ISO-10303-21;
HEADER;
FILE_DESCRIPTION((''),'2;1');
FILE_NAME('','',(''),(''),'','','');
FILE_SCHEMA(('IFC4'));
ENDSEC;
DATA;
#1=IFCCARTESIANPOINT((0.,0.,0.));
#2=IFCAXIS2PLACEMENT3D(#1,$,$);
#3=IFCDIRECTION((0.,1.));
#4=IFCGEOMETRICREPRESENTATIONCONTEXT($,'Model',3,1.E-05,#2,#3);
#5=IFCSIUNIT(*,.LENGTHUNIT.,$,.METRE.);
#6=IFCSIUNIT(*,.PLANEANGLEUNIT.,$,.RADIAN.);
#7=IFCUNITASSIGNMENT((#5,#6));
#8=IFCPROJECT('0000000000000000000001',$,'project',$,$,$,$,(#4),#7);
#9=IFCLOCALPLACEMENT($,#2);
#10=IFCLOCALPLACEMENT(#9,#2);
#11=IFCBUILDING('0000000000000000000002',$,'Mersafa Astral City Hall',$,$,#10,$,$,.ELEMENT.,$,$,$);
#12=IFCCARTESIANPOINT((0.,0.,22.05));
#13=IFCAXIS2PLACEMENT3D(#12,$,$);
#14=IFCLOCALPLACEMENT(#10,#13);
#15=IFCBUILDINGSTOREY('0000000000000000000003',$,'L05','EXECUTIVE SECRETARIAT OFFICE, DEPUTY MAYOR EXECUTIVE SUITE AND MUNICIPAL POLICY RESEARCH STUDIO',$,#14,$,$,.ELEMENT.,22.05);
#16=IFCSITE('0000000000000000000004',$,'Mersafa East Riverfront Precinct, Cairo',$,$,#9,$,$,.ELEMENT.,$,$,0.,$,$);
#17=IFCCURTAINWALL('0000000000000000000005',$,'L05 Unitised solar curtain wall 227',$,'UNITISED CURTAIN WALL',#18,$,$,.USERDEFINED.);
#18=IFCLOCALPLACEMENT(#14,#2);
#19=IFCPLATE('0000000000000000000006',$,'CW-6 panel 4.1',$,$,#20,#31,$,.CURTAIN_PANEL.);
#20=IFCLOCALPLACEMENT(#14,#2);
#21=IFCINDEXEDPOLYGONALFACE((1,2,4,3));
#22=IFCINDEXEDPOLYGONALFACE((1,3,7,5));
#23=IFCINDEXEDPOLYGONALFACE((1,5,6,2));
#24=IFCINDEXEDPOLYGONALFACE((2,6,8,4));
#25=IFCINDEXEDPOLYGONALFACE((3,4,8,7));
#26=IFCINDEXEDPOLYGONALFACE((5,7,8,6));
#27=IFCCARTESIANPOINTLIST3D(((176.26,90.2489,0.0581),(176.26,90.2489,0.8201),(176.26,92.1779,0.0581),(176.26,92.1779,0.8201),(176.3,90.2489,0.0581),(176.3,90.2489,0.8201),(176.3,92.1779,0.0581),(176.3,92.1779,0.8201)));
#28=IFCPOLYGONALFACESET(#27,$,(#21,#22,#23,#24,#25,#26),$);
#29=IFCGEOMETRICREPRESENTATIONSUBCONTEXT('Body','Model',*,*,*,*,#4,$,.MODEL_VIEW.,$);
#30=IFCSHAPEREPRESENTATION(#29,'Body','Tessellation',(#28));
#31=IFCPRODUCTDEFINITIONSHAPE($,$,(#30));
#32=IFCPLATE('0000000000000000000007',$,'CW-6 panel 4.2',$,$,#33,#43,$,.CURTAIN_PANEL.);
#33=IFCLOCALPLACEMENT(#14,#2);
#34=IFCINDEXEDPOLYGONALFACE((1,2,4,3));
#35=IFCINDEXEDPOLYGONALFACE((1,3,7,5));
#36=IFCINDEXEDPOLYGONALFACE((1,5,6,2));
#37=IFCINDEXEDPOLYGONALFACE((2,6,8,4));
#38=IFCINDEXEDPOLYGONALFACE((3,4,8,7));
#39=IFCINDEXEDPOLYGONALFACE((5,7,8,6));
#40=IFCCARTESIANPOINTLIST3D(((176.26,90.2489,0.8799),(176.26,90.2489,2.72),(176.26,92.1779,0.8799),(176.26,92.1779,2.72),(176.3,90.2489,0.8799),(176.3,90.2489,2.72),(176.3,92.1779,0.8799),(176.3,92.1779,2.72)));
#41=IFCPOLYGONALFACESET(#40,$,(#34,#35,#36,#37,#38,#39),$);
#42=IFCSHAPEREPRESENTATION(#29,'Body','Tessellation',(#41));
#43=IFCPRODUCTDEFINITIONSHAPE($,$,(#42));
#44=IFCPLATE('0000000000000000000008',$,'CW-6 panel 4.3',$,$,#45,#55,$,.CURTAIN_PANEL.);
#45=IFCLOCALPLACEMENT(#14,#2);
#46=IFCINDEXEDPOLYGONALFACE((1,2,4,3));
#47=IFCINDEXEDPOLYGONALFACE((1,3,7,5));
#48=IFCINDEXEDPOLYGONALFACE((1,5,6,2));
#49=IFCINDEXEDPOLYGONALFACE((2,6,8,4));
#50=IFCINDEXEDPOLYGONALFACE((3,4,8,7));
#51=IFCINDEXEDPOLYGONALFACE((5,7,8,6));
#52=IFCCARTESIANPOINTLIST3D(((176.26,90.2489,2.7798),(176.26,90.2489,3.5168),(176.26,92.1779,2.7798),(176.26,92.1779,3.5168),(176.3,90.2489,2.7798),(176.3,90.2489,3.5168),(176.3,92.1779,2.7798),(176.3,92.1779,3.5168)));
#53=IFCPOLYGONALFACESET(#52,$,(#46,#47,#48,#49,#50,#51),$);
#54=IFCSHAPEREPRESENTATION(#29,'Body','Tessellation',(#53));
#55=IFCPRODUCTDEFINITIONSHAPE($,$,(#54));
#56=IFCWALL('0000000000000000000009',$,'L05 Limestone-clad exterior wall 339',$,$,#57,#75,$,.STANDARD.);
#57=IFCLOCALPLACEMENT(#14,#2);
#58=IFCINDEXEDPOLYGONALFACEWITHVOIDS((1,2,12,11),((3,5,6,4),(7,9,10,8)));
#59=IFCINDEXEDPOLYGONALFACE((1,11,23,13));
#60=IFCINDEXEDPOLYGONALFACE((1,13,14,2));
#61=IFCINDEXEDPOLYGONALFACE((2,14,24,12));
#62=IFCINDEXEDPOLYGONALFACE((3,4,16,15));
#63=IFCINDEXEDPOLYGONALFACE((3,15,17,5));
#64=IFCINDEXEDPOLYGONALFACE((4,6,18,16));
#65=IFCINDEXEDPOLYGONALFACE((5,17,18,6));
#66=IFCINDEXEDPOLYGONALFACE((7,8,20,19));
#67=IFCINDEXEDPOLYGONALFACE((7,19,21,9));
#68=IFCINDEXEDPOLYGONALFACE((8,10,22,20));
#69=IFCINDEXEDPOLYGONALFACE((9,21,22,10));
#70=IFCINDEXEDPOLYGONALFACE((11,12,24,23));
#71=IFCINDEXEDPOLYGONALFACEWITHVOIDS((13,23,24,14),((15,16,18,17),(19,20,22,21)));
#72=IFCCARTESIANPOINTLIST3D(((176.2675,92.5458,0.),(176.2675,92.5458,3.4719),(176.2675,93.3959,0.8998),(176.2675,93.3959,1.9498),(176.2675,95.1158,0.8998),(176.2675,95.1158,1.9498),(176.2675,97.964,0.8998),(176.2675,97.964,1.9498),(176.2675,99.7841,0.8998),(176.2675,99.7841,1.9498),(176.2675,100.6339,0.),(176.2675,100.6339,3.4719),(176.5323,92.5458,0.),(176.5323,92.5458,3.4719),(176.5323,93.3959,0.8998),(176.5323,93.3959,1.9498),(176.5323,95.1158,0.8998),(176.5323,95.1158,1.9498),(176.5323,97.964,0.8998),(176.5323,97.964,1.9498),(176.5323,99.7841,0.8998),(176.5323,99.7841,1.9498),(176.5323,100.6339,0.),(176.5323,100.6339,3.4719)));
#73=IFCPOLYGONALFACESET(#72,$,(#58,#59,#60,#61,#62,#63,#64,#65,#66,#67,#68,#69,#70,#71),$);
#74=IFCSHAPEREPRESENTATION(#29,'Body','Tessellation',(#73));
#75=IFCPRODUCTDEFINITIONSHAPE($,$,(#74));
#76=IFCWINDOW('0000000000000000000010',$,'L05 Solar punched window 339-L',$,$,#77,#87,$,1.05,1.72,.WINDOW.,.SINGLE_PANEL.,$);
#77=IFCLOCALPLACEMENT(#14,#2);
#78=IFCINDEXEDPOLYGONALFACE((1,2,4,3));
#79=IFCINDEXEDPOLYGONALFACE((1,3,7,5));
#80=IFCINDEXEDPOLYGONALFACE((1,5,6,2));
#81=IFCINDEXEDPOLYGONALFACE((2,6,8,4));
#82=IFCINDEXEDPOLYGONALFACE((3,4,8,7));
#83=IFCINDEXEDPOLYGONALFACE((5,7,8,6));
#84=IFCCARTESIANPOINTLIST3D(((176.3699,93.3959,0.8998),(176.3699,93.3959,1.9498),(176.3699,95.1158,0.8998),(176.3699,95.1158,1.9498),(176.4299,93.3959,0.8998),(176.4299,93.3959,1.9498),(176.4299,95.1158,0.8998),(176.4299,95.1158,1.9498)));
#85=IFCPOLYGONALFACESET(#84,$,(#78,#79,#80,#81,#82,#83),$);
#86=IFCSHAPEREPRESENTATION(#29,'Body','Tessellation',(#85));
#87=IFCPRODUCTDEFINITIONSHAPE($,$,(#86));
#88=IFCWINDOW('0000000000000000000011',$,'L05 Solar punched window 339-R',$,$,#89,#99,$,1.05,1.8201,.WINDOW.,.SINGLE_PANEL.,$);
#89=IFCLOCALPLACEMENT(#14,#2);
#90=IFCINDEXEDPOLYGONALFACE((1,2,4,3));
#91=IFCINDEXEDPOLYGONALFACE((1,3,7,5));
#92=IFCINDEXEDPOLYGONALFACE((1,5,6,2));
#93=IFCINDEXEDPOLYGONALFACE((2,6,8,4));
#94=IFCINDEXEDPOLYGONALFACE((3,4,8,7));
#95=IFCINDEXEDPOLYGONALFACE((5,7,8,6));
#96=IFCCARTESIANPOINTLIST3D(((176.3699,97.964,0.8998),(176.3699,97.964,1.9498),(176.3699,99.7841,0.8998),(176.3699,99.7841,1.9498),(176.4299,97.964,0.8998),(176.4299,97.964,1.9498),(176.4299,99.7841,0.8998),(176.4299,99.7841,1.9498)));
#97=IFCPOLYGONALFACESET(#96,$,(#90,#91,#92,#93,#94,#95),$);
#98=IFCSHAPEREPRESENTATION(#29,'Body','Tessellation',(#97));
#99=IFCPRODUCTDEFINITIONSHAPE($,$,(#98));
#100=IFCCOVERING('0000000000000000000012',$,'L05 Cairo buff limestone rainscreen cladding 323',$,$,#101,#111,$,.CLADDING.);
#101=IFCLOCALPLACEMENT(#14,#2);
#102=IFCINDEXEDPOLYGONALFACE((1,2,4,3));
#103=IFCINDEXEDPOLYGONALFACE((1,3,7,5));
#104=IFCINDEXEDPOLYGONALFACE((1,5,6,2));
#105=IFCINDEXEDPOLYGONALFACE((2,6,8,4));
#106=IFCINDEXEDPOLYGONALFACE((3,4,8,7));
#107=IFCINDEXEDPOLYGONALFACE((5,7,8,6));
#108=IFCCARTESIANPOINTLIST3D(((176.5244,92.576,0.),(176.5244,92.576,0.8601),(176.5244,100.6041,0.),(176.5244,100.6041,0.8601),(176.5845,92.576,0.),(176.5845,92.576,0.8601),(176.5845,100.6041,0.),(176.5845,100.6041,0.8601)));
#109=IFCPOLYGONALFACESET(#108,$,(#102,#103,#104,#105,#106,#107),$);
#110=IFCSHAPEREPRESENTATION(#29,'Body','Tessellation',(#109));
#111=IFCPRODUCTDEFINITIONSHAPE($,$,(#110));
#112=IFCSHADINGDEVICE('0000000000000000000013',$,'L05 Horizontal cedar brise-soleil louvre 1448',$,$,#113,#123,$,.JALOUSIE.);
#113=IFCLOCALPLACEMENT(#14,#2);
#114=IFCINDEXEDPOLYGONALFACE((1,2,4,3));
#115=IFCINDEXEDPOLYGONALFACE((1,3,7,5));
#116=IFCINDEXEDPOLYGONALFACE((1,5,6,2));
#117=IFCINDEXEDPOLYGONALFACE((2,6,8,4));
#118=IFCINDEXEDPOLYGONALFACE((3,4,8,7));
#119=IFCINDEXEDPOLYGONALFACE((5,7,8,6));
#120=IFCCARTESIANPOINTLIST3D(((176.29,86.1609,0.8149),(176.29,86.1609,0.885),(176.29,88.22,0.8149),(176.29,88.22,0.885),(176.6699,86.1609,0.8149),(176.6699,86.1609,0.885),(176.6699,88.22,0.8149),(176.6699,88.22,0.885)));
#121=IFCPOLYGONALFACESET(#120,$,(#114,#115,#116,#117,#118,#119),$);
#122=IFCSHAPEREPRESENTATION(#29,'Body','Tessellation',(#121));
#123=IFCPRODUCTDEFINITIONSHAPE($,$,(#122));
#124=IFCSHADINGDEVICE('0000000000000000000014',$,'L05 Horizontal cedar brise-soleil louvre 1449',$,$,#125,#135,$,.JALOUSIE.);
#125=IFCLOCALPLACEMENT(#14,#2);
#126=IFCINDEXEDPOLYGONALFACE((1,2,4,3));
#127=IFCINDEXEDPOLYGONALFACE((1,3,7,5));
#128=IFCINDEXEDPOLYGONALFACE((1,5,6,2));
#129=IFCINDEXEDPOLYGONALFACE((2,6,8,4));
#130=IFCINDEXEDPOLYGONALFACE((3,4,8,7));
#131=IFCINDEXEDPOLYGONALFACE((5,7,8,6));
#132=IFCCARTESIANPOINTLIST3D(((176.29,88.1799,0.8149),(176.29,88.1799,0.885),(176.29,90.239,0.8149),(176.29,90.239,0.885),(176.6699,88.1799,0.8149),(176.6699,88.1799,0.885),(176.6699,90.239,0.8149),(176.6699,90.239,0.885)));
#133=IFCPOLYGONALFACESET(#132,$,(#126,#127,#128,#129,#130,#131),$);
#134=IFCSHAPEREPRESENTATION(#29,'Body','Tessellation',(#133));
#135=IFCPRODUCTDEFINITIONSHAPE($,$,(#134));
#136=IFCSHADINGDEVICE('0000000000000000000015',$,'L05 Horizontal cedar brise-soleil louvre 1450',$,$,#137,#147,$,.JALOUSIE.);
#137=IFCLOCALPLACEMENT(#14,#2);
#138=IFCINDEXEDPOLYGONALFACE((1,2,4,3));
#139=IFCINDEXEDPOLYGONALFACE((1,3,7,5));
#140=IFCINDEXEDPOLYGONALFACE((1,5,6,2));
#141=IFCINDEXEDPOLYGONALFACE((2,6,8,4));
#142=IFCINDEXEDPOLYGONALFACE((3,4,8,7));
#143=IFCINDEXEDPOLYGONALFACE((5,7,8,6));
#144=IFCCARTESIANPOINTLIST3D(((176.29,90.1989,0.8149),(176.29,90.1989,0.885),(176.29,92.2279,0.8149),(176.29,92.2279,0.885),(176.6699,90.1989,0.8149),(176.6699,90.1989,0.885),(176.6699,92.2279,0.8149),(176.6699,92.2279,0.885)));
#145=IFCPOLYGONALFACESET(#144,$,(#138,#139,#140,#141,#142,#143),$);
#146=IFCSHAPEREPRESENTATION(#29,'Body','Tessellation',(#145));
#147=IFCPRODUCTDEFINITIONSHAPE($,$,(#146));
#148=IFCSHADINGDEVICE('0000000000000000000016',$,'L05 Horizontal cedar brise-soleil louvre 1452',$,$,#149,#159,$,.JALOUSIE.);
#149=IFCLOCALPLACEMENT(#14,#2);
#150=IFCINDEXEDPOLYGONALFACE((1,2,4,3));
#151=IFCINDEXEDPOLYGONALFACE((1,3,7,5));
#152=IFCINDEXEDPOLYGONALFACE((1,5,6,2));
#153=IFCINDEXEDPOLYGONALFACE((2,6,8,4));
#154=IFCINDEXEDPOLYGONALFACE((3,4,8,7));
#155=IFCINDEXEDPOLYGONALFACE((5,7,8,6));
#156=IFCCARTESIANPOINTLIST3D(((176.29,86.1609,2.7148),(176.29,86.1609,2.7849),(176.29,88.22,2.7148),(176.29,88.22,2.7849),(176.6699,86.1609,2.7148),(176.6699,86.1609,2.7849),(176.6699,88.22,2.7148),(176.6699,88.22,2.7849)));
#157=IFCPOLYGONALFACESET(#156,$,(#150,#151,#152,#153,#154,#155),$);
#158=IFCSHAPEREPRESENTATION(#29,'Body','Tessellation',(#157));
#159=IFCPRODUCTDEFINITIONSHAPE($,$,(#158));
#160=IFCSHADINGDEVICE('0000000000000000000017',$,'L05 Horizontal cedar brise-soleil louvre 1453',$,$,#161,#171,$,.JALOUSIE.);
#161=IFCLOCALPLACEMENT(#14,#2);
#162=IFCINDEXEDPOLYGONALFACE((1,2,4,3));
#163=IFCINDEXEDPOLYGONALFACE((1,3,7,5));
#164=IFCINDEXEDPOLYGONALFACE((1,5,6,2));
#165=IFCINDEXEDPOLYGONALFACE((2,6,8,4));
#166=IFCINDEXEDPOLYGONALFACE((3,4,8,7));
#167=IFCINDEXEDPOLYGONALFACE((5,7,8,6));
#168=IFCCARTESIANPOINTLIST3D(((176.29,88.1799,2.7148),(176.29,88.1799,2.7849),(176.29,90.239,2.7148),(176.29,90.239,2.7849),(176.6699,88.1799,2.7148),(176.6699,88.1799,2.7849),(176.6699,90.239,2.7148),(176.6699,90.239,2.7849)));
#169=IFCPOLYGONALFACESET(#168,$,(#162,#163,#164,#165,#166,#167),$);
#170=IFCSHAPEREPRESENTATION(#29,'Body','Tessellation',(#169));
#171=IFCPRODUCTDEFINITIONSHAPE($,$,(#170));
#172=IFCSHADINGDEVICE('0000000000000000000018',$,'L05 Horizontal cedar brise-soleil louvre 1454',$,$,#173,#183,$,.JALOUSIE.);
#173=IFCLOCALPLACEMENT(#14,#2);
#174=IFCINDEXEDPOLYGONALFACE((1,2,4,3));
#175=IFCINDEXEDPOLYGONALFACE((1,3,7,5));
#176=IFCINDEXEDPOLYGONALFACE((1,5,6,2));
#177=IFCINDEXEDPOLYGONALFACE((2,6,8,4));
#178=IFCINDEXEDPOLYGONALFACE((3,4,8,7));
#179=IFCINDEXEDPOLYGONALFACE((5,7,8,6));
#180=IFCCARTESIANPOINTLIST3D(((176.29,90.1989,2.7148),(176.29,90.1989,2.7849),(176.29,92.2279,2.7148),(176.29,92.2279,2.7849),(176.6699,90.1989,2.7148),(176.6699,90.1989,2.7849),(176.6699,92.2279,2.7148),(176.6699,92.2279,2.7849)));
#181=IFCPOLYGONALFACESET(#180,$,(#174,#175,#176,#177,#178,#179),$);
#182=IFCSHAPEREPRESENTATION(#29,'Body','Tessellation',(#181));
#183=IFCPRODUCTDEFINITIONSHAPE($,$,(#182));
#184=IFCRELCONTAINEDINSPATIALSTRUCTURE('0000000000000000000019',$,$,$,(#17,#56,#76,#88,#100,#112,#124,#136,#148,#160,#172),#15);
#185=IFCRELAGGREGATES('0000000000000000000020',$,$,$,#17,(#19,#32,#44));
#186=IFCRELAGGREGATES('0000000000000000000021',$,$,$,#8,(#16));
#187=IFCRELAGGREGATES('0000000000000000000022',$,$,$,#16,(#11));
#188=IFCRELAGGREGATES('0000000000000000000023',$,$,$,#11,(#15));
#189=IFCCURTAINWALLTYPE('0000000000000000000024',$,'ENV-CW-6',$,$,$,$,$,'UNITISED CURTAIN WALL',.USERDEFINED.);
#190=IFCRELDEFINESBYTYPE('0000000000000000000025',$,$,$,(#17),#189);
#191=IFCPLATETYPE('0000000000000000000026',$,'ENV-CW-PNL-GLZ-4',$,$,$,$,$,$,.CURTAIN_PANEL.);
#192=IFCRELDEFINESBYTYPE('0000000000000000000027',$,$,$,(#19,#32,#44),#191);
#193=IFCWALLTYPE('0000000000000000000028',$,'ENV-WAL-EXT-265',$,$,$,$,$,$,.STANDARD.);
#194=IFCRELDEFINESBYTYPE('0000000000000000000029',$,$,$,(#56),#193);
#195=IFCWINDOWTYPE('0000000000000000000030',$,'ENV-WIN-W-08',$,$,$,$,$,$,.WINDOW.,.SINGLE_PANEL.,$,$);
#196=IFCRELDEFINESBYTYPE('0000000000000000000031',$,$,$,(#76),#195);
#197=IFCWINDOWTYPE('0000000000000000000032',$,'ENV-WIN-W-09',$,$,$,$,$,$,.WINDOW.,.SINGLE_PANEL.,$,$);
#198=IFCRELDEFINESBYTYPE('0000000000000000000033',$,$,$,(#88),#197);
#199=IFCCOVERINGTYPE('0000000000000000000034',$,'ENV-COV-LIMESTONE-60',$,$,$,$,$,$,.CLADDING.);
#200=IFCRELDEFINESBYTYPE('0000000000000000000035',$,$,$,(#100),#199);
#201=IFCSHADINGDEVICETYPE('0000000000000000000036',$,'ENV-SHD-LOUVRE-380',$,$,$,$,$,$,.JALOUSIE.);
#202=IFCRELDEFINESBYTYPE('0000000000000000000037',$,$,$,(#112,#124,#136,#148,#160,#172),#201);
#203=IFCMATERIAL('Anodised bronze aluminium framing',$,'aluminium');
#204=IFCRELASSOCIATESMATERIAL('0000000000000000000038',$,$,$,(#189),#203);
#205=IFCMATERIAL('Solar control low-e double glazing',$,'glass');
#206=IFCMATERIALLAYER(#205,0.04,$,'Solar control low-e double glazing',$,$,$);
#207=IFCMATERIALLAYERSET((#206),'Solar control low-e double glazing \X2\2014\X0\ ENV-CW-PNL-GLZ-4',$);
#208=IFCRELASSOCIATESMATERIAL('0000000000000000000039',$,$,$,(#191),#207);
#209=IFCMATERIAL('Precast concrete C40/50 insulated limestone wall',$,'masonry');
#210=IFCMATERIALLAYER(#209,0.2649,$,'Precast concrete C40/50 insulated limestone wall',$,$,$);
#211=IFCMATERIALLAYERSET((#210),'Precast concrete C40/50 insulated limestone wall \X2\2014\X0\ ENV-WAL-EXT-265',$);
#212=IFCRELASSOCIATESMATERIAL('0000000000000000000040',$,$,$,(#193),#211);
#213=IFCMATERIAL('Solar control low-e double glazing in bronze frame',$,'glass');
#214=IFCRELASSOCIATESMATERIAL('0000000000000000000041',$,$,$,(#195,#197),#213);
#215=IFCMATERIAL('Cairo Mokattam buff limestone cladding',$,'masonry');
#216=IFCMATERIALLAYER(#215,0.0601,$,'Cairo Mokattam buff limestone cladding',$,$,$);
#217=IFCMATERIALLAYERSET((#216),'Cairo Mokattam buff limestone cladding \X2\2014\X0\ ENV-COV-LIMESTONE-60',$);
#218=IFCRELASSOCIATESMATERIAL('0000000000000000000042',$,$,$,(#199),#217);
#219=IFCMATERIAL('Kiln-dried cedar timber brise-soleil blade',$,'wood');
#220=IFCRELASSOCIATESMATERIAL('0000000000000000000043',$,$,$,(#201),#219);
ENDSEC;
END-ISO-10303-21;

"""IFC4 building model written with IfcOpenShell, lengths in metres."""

from ifc_helpers import new_model, si_unit, direction, frame, frame_2d, origin, origin_2d, place, context, subcontext, project, spatial, rectangle, extrude, material, layer, layer_set, type_object, element, fill, aggregate, save


model = new_model("IFC4")

# Units and contexts
model_context = context("Model", 3, precision=1e-05, world=origin(), true_north=direction((0.0, 1.0)))
body_context = subcontext(model_context, "Body", "Model", "MODEL_VIEW")
ifc_project = project(units=[si_unit("LENGTHUNIT", "METRE"), si_unit("PLANEANGLEUNIT", "RADIAN")], contexts=[model_context])

# Site, building, storey
site_placement = place(None, origin())
site = spatial("IfcSite", under=ifc_project, at=site_placement, Name="Mersafa East Riverfront Precinct, Cairo", CompositionType="ELEMENT", RefElevation=0.0)
building_placement = place(site_placement, origin())
building = spatial("IfcBuilding", under=site, at=building_placement, Name="Mersafa Astral City Hall", CompositionType="ELEMENT")
storey_placement = place(building_placement, frame((0.0, 0.0, 22.05)))
storey = spatial("IfcBuildingStorey", under=building, at=storey_placement, Name="L05", Description="EXECUTIVE SECRETARIAT OFFICE, DEPUTY MAYOR EXECUTIVE SUITE AND MUNICIPAL POLICY RESEARCH STUDIO", CompositionType="ELEMENT", Elevation=22.05)

# Curtain wall
ifc_material_1 = material(Name="Anodised bronze aluminium framing", Category="aluminium")
curtain_wall_type = type_object("IfcCurtainWallType", Name="ENV-CW-6", ElementType="UNITISED CURTAIN WALL", PredefinedType="USERDEFINED", material=ifc_material_1)
curtain_wall_placement = place(storey_placement, origin())
curtain_wall = element("IfcCurtainWall", 1, at=curtain_wall_placement, inside=storey, type_object=curtain_wall_type, Name="L05 Unitised solar curtain wall 227", ObjectType="UNITISED CURTAIN WALL", PredefinedType="USERDEFINED")

# Plates
ifc_material_2 = material(Name="Solar control low-e double glazing", Category="glass")
ifc_layer_1 = layer(ifc_material_2, 0.04, Name="Solar control low-e double glazing")
ifc_layer_set_1 = layer_set([ifc_layer_1], Name="Solar control low-e double glazing — ENV-CW-PNL-GLZ-4")
plate_type = type_object("IfcPlateType", Name="ENV-CW-PNL-GLZ-4", PredefinedType="CURTAIN_PANEL", material=ifc_layer_set_1)
plate_1_placement = place(storey_placement, frame((176.28, 91.2134, 0.0581), z_axis=(0.0, 0.0, 1.0), x_axis=(0.0, 1.0, 0.0)))
plate_1 = element("IfcPlate", 2, at=plate_1_placement, type_object=plate_type, Name="CW-6 panel 4.1", PredefinedType="CURTAIN_PANEL", context=body_context, shape_type="SweptSolid", body=[
    extrude(rectangle(XDim=1.929, YDim=0.04, at=origin_2d()), origin(), (0.0, 0.0, 1.0), 0.762),
])
plate_2_placement = place(storey_placement, frame((176.28, 91.2134, 0.8799), z_axis=(0.0, 0.0, 1.0), x_axis=(0.0, 1.0, 0.0)))
plate_2 = element("IfcPlate", 3, at=plate_2_placement, type_object=plate_type, Name="CW-6 panel 4.2", PredefinedType="CURTAIN_PANEL", context=body_context, shape_type="SweptSolid", body=[
    extrude(rectangle(XDim=1.929, YDim=0.04, at=origin_2d()), origin(), (0.0, 0.0, 1.0), 1.8401),
])
plate_3_placement = place(storey_placement, frame((176.28, 91.2134, 2.7798), z_axis=(0.0, 0.0, 1.0), x_axis=(0.0, 1.0, 0.0)))
plate_3 = element("IfcPlate", 4, at=plate_3_placement, type_object=plate_type, Name="CW-6 panel 4.3", PredefinedType="CURTAIN_PANEL", context=body_context, shape_type="SweptSolid", body=[
    extrude(rectangle(XDim=1.929, YDim=0.04, at=origin_2d()), origin(), (0.0, 0.0, 1.0), 0.7371),
])
aggregate(curtain_wall, [plate_1, plate_2, plate_3])

# Wall, openings, windows
ifc_material_3 = material(Name="Precast concrete C40/50 insulated limestone wall", Category="masonry")
ifc_layer_2 = layer(ifc_material_3, 0.2649, Name="Precast concrete C40/50 insulated limestone wall")
ifc_layer_set_2 = layer_set([ifc_layer_2], Name="Precast concrete C40/50 insulated limestone wall — ENV-WAL-EXT-265")
wall_type = type_object("IfcWallType", Name="ENV-WAL-EXT-265", PredefinedType="STANDARD", material=ifc_layer_set_2)
wall_placement = place(storey_placement, frame((176.3999, 92.5459, 0.0), z_axis=(0.0, 0.0, 1.0), x_axis=(0.0, 1.0, 0.0)))
wall = element("IfcWall", 5, at=wall_placement, inside=storey, type_object=wall_type, Name="L05 Limestone-clad exterior wall 339", PredefinedType="STANDARD", context=body_context, shape_type="SweptSolid", body=[
    extrude(rectangle(XDim=8.0881, YDim=0.2649, at=frame_2d((4.0439, 0.0))), origin(), (0.0, 0.0, 1.0), 3.4719),
])
opening_1_placement = place(wall_placement, frame((0.8501, 0.0, 0.8999)))
opening_1 = element("IfcOpeningElement", 6, at=opening_1_placement, cuts=wall, PredefinedType="OPENING", context=body_context, shape_type="SweptSolid", body=[
    extrude(rectangle(XDim=1.72, YDim=1.05, at=frame_2d((0.8599, 0.5249))), frame((0.0, 0.1423, 0.0), z_axis=(0.0, -1.0, 0.0), x_axis=(1.0, 0.0, 0.0)), (0.0, 0.0, 1.0), 0.2849),
])
opening_2_placement = place(wall_placement, frame((5.418, 0.0, 0.8999)))
opening_2 = element("IfcOpeningElement", 7, at=opening_2_placement, cuts=wall, PredefinedType="OPENING", context=body_context, shape_type="SweptSolid", body=[
    extrude(rectangle(XDim=1.8201, YDim=1.05, at=frame_2d((0.9102, 0.5249))), frame((0.0, 0.1423, 0.0), z_axis=(0.0, -1.0, 0.0), x_axis=(1.0, 0.0, 0.0)), (0.0, 0.0, 1.0), 0.2849),
])
ifc_material_4 = material(Name="Solar control low-e double glazing in bronze frame", Category="glass")
window_type_1 = type_object("IfcWindowType", Name="ENV-WIN-W-08", PartitioningType="SINGLE_PANEL", PredefinedType="WINDOW", material=ifc_material_4)
window_1_placement = place(opening_1_placement, origin())
window_1 = element("IfcWindow", 8, at=window_1_placement, inside=storey, type_object=window_type_1, Name="L05 Solar punched window 339-L", OverallHeight=1.05, OverallWidth=1.72, PartitioningType="SINGLE_PANEL", PredefinedType="WINDOW", context=body_context, shape_type="SweptSolid", body=[
    extrude(rectangle(XDim=1.72, YDim=1.05, at=frame_2d((0.8599, 0.5249))), frame((0.0, 0.03, 0.0), z_axis=(0.0, -1.0, 0.0), x_axis=(1.0, 0.0, 0.0)), (0.0, 0.0, 1.0), 0.0601),
])
fill(opening_1, window_1)
window_type_2 = type_object("IfcWindowType", Name="ENV-WIN-W-09", PartitioningType="SINGLE_PANEL", PredefinedType="WINDOW", material=ifc_material_4)
window_2_placement = place(opening_2_placement, origin())
window_2 = element("IfcWindow", 9, at=window_2_placement, inside=storey, type_object=window_type_2, Name="L05 Solar punched window 339-R", OverallHeight=1.05, OverallWidth=1.8201, PartitioningType="SINGLE_PANEL", PredefinedType="WINDOW", context=body_context, shape_type="SweptSolid", body=[
    extrude(rectangle(XDim=1.8201, YDim=1.05, at=frame_2d((0.9102, 0.5249))), frame((0.0, 0.03, 0.0), z_axis=(0.0, -1.0, 0.0), x_axis=(1.0, 0.0, 0.0)), (0.0, 0.0, 1.0), 0.0601),
])
fill(opening_2, window_2)

# Covering
ifc_material_5 = material(Name="Cairo Mokattam buff limestone cladding", Category="masonry")
ifc_layer_3 = layer(ifc_material_5, 0.0601, Name="Cairo Mokattam buff limestone cladding")
ifc_layer_set_3 = layer_set([ifc_layer_3], Name="Cairo Mokattam buff limestone cladding — ENV-COV-LIMESTONE-60")
covering_type = type_object("IfcCoveringType", Name="ENV-COV-LIMESTONE-60", PredefinedType="CLADDING", material=ifc_layer_set_3)
covering_placement = place(storey_placement, frame((176.5544, 96.5901, 0.0), z_axis=(0.0, 0.0, 1.0), x_axis=(0.0, 1.0, 0.0)))
element("IfcCovering", 10, at=covering_placement, inside=storey, type_object=covering_type, Name="L05 Cairo buff limestone rainscreen cladding 323", PredefinedType="CLADDING", context=body_context, shape_type="SweptSolid", body=[
    extrude(rectangle(XDim=8.0281, YDim=0.0601, at=origin_2d()), origin(), (0.0, 0.0, 1.0), 0.8601),
])

# Shading devices
ifc_material_6 = material(Name="Kiln-dried cedar timber brise-soleil blade", Category="wood")
shading_device_type = type_object("IfcShadingDeviceType", Name="ENV-SHD-LOUVRE-380", PredefinedType="JALOUSIE", material=ifc_material_6)
for number, where, z_axis, x_axis, name in (
    (11, (176.48, 87.1904, 0.8149), (0.0, 0.0, 1.0), (0.0, 1.0, 0.0), "L05 Horizontal cedar brise-soleil louvre 1448"),
    (12, (176.48, 89.2095, 0.8149), (0.0, 0.0, 1.0), (0.0, 1.0, 0.0), "L05 Horizontal cedar brise-soleil louvre 1449"),
):
    element("IfcShadingDevice", number, at=place(storey_placement, frame(where, z_axis=z_axis, x_axis=x_axis)), inside=storey, type_object=shading_device_type, Name=name, PredefinedType="JALOUSIE", context=body_context, shape_type="SweptSolid", body=[
        extrude(rectangle(XDim=2.0591, YDim=0.3799, at=origin_2d()), origin(), (0.0, 0.0, 1.0), 0.0701),
    ])
shading_device_1_placement = place(storey_placement, frame((176.48, 91.2134, 0.8149), z_axis=(0.0, 0.0, 1.0), x_axis=(0.0, 1.0, 0.0)))
element("IfcShadingDevice", 13, at=shading_device_1_placement, inside=storey, type_object=shading_device_type, Name="L05 Horizontal cedar brise-soleil louvre 1450", PredefinedType="JALOUSIE", context=body_context, shape_type="SweptSolid", body=[
    extrude(rectangle(XDim=2.0291, YDim=0.3799, at=origin_2d()), origin(), (0.0, 0.0, 1.0), 0.0701),
])
for number, where, z_axis, x_axis, name in (
    (14, (176.48, 87.1904, 2.7148), (0.0, 0.0, 1.0), (0.0, 1.0, 0.0), "L05 Horizontal cedar brise-soleil louvre 1452"),
    (15, (176.48, 89.2095, 2.7148), (0.0, 0.0, 1.0), (0.0, 1.0, 0.0), "L05 Horizontal cedar brise-soleil louvre 1453"),
):
    element("IfcShadingDevice", number, at=place(storey_placement, frame(where, z_axis=z_axis, x_axis=x_axis)), inside=storey, type_object=shading_device_type, Name=name, PredefinedType="JALOUSIE", context=body_context, shape_type="SweptSolid", body=[
        extrude(rectangle(XDim=2.0591, YDim=0.3799, at=origin_2d()), origin(), (0.0, 0.0, 1.0), 0.0701),
    ])
shading_device_2_placement = place(storey_placement, frame((176.48, 91.2134, 2.7148), z_axis=(0.0, 0.0, 1.0), x_axis=(0.0, 1.0, 0.0)))
element("IfcShadingDevice", 16, at=shading_device_2_placement, inside=storey, type_object=shading_device_type, Name="L05 Horizontal cedar brise-soleil louvre 1454", PredefinedType="JALOUSIE", context=body_context, shape_type="SweptSolid", body=[
    extrude(rectangle(XDim=2.0291, YDim=0.3799, at=origin_2d()), origin(), (0.0, 0.0, 1.0), 0.0701),
])

save(model, "model.ifc")
